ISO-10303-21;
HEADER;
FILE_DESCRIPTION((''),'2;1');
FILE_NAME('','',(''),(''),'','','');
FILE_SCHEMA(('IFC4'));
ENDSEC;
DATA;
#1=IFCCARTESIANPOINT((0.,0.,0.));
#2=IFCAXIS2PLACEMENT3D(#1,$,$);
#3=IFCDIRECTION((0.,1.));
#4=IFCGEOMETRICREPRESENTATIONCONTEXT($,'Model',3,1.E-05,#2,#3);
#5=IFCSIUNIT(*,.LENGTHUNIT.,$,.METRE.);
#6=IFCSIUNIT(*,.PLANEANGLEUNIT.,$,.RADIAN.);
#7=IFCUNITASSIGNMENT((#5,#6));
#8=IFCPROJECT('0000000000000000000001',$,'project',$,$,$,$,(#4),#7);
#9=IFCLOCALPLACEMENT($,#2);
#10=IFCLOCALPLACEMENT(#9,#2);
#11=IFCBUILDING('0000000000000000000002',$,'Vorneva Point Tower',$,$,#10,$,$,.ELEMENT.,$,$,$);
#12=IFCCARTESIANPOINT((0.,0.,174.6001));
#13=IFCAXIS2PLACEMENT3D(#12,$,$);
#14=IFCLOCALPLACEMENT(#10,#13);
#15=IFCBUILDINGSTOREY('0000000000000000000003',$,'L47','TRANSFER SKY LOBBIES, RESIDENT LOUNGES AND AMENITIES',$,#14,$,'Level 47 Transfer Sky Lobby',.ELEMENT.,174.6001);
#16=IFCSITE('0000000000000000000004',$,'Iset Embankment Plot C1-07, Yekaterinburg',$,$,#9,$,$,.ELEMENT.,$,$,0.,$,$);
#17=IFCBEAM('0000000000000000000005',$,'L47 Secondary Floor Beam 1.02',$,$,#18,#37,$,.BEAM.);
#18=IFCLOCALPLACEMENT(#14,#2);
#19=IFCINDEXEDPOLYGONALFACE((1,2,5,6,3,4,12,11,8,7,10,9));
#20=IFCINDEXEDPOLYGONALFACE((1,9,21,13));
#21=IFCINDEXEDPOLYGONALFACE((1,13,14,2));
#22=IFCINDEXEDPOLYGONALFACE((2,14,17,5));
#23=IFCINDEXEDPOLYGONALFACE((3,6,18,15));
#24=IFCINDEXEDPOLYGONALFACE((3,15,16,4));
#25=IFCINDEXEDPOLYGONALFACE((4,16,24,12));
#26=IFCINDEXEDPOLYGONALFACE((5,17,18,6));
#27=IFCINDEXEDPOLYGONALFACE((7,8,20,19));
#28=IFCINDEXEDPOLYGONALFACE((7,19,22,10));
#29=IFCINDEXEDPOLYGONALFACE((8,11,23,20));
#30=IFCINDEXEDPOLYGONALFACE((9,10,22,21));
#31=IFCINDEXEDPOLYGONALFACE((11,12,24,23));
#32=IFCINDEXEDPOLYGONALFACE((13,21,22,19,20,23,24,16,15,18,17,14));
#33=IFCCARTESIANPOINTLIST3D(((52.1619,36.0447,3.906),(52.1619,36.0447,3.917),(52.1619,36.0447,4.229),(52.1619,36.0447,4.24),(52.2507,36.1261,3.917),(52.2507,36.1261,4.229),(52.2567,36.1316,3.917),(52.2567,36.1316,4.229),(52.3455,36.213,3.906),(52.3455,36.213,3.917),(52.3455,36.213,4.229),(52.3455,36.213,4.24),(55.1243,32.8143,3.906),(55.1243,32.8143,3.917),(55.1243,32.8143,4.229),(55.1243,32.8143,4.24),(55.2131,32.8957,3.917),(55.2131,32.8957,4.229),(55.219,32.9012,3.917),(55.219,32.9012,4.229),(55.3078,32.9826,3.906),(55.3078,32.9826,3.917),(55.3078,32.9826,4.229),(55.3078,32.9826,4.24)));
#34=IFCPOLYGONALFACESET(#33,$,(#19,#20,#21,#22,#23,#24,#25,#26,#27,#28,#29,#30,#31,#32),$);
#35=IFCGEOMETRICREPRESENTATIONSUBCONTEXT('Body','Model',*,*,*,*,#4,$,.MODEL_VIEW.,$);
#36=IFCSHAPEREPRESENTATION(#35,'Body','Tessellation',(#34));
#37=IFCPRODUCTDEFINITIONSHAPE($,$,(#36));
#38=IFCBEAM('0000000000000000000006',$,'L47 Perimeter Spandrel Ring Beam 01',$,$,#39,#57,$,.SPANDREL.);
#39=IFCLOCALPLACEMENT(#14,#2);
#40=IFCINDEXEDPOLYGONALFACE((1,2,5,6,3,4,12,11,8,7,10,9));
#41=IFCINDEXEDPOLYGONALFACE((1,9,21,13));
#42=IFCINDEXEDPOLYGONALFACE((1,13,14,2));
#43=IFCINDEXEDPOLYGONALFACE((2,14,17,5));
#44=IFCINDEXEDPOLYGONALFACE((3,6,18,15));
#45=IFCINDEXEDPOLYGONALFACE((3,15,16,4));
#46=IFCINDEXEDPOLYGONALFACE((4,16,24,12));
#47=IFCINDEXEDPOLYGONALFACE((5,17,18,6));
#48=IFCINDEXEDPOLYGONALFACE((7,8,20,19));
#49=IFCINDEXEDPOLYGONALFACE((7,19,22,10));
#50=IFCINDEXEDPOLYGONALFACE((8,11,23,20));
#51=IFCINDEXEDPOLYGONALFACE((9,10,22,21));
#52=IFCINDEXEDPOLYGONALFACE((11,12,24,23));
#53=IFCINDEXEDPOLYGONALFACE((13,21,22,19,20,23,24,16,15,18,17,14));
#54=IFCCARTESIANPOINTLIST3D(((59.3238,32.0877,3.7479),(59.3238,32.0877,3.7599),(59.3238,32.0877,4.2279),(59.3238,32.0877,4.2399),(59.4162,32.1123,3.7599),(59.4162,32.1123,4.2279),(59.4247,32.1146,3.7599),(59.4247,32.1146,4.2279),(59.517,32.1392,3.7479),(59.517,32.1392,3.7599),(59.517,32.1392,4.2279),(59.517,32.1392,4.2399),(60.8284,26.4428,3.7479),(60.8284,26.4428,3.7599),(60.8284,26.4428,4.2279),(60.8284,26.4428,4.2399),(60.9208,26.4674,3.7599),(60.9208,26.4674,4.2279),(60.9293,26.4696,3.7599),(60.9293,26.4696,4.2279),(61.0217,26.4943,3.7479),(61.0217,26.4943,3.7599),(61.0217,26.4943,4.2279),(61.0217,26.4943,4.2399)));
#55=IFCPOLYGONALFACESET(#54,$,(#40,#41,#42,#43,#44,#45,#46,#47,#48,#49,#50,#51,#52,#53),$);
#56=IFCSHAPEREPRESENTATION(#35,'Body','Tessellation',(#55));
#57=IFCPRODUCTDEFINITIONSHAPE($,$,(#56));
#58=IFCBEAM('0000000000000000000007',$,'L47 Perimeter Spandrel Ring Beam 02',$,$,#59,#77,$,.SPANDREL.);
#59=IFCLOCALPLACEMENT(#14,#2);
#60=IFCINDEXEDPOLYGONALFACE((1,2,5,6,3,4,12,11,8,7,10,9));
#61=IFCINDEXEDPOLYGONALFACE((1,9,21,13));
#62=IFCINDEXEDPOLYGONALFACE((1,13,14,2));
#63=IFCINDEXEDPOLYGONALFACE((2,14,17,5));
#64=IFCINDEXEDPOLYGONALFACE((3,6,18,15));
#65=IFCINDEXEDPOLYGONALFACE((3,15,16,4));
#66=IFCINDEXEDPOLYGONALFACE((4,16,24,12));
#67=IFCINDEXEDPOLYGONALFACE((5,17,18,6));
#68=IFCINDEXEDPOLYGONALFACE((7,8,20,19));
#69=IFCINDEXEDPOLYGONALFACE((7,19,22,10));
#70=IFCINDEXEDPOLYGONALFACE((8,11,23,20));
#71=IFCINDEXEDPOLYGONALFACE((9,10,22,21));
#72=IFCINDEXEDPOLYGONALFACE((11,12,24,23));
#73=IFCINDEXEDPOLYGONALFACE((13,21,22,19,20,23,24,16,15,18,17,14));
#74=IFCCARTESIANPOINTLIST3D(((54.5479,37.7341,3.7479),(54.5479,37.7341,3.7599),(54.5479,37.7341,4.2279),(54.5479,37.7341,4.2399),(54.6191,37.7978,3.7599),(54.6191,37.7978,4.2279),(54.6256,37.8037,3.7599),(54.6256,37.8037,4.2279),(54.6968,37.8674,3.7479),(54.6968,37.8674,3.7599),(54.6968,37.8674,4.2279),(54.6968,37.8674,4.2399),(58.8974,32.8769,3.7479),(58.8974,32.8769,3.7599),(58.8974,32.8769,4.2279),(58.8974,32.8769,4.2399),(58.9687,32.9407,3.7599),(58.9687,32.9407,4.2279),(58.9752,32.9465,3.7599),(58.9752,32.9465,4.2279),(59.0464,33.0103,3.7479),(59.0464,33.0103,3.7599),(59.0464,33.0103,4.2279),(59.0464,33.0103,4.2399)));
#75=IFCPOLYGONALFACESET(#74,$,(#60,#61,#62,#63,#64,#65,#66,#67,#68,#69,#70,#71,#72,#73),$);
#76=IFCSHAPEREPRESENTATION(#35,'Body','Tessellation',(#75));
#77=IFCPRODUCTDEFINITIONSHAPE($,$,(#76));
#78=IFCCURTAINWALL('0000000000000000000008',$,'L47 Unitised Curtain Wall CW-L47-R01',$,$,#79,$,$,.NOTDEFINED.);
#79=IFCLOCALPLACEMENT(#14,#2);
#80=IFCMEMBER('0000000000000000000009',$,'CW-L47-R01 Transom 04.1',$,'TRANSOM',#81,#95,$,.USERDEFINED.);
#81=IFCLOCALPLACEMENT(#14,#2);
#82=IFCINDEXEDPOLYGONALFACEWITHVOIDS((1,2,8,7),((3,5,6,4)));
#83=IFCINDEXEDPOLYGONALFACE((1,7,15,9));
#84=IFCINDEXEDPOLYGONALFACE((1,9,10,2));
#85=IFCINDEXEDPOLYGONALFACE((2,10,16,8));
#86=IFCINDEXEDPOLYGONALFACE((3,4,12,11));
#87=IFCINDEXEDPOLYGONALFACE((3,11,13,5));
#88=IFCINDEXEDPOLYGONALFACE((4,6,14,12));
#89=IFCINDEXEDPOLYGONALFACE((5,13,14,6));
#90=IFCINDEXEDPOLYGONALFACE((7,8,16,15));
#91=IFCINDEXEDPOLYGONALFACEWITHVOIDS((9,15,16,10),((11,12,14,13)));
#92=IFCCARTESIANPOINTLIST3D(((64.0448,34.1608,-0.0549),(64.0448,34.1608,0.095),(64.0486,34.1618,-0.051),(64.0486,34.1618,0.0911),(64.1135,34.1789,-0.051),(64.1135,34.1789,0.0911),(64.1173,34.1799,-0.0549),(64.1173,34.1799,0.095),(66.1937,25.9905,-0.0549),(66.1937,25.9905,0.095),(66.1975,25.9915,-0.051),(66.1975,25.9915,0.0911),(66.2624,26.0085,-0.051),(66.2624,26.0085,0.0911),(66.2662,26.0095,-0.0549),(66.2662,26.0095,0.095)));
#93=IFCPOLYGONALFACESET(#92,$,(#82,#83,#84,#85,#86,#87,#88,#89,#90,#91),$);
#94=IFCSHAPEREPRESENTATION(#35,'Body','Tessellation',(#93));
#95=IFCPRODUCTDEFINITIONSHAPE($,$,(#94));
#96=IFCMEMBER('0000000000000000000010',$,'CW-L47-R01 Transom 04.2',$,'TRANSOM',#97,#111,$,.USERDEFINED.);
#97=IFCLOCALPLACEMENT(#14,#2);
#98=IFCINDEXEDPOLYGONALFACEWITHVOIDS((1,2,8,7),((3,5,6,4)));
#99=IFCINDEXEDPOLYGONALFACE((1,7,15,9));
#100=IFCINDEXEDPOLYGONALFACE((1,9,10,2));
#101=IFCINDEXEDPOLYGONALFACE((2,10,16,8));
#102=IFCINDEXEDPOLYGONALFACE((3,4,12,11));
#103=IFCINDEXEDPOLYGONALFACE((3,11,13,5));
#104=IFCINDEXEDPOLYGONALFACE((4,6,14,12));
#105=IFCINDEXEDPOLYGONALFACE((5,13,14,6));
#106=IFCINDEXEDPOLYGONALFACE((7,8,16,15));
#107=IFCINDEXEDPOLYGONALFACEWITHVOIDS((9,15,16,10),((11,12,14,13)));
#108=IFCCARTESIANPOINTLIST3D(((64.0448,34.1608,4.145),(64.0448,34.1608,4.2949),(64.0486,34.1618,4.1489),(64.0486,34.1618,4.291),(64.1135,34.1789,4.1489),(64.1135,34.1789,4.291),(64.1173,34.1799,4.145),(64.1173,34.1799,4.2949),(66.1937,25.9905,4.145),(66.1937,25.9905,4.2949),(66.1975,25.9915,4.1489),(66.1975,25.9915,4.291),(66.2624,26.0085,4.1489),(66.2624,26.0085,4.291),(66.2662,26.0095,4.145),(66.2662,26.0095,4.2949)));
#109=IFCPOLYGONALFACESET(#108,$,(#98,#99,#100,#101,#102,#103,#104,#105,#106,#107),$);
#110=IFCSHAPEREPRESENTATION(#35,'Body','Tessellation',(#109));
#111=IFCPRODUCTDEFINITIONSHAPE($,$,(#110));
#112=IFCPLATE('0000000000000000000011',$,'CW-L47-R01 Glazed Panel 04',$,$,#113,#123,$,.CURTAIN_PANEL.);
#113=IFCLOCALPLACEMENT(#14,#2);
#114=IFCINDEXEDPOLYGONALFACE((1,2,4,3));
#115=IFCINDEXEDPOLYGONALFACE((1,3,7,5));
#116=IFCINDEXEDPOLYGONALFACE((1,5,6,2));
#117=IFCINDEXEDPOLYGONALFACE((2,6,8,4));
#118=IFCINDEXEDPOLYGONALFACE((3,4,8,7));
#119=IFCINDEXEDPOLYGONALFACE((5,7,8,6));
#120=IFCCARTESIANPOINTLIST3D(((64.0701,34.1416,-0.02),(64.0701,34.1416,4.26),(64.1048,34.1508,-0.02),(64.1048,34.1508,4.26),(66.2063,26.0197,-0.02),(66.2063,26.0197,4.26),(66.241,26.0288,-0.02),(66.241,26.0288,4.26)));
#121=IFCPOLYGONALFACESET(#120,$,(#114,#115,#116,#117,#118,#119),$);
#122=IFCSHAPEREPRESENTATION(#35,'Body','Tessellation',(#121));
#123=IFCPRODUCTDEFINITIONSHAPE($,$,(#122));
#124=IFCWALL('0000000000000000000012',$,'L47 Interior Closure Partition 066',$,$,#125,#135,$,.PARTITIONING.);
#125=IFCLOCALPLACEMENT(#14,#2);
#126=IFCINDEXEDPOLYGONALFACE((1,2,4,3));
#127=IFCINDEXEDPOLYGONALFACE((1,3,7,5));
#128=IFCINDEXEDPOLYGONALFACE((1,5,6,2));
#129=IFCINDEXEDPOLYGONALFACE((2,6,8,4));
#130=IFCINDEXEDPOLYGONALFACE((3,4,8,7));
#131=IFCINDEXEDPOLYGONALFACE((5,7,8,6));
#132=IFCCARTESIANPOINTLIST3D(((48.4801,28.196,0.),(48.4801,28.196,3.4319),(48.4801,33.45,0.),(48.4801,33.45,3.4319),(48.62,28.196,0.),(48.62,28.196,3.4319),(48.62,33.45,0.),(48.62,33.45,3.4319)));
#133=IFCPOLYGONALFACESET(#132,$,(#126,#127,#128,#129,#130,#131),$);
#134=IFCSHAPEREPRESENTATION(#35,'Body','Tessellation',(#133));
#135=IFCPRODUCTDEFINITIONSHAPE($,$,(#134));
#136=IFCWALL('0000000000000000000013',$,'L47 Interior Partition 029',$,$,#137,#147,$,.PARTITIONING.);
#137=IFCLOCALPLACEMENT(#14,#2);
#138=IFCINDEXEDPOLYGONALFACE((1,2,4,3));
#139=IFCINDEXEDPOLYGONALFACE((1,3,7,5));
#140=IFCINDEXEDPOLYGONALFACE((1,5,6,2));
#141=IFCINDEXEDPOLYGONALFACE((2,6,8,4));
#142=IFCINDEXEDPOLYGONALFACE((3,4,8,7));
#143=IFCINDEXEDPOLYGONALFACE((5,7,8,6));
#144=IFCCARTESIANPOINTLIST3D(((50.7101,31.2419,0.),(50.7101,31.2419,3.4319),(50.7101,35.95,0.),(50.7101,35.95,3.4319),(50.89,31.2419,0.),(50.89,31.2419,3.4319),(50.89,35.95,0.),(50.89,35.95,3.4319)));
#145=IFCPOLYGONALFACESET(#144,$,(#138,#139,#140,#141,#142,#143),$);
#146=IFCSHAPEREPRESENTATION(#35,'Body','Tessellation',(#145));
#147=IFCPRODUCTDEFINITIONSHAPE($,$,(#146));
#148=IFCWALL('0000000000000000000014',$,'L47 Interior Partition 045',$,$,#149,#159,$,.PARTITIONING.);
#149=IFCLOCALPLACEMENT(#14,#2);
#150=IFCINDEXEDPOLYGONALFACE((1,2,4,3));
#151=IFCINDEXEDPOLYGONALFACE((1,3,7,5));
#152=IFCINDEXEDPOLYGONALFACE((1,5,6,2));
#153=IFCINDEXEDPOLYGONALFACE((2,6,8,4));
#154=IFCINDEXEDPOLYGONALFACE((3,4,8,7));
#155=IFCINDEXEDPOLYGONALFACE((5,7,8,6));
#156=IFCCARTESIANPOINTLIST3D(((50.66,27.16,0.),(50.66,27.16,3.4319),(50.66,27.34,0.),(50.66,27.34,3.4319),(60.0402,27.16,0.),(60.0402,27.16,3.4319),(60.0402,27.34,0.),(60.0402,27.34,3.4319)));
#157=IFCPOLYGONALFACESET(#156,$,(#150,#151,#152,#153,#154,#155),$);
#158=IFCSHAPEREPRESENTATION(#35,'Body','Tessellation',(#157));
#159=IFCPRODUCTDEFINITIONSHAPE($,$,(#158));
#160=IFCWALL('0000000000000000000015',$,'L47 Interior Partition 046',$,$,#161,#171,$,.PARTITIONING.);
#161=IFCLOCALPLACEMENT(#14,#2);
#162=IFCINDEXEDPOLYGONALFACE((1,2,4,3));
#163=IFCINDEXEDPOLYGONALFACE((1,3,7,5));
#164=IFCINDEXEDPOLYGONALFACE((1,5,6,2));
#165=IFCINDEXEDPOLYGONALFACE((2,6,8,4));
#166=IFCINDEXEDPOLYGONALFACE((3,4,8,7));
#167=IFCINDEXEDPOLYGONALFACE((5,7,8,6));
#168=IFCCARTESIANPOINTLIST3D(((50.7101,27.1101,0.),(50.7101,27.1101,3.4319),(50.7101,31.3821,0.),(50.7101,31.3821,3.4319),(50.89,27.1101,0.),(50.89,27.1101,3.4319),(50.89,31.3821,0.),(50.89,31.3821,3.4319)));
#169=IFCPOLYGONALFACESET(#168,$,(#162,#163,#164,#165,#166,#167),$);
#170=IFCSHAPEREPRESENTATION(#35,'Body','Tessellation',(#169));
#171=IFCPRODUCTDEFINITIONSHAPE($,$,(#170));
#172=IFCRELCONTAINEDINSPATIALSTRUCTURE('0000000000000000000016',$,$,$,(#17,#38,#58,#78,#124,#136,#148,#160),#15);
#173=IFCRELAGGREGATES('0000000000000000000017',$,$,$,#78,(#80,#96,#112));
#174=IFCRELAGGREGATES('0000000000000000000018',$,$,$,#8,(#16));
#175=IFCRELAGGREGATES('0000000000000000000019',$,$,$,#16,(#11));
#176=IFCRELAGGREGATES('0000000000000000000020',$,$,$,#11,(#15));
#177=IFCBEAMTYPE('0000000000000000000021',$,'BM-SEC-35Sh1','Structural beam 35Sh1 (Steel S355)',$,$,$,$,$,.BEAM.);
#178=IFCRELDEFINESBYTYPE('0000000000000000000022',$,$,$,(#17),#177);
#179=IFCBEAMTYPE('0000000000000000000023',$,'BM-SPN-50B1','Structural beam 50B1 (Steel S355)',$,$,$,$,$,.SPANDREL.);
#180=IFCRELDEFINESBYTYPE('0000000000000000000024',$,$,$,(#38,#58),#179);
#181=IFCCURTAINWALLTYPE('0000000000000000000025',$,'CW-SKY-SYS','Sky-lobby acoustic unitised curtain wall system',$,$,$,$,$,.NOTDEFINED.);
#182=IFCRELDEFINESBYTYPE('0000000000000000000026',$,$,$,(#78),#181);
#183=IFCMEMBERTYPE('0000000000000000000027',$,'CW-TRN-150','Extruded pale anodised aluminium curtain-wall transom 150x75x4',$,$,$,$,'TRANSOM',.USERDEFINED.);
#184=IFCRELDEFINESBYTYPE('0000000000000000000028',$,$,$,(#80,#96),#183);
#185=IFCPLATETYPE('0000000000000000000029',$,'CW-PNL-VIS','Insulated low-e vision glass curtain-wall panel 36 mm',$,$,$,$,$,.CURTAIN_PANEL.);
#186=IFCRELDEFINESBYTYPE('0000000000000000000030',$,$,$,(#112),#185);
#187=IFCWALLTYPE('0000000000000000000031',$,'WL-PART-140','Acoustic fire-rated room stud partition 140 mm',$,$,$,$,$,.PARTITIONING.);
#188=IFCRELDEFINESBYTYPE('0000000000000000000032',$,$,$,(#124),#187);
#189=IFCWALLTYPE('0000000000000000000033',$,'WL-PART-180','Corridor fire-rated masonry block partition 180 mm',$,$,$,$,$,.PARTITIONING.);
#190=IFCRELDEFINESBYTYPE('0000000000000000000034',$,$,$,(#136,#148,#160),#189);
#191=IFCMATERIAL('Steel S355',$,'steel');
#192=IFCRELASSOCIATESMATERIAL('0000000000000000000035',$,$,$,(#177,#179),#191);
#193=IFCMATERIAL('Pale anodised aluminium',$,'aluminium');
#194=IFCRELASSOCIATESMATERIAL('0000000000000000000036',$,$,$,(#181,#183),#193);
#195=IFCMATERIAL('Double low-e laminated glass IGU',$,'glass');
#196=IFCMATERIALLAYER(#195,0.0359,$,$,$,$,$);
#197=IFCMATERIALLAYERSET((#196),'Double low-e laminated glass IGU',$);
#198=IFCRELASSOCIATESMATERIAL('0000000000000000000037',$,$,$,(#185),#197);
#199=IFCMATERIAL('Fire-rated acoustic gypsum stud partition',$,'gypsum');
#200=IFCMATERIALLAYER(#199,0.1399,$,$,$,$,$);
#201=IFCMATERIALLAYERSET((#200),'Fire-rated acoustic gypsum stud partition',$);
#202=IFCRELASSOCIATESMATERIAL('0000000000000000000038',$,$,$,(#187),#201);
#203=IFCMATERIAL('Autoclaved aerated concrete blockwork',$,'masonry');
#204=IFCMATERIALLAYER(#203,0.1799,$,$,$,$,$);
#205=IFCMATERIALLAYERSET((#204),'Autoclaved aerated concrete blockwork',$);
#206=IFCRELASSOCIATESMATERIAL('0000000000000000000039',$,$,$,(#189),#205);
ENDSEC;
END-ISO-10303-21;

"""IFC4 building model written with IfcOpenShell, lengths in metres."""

from ifc_helpers import new_model, si_unit, direction, frame, frame_2d, origin, origin_2d, place, context, subcontext, project, spatial, rectangle, hollow_rectangle, i_section, extrude, material, layer, layer_set, material_profile, profile_set, type_object, element, aggregate, save


model = new_model("IFC4")

# Units and contexts
model_context = context("Model", 3, precision=1e-05, world=origin(), true_north=direction((0.0, 1.0)))
body_context = subcontext(model_context, "Body", "Model", "MODEL_VIEW")
ifc_project = project(units=[si_unit("LENGTHUNIT", "METRE"), si_unit("PLANEANGLEUNIT", "RADIAN")], contexts=[model_context])

# Site, building, storey
site_placement = place(None, origin())
site = spatial("IfcSite", under=ifc_project, at=site_placement, Name="Iset Embankment Plot C1-07, Yekaterinburg", CompositionType="ELEMENT", RefElevation=0.0)
building_placement = place(site_placement, origin())
building = spatial("IfcBuilding", under=site, at=building_placement, Name="Vorneva Point Tower", CompositionType="ELEMENT")
storey_placement = place(building_placement, frame((0.0, 0.0, 174.6001)))
storey = spatial("IfcBuildingStorey", under=building, at=storey_placement, Name="L47", Description="TRANSFER SKY LOBBIES, RESIDENT LOUNGES AND AMENITIES", LongName="Level 47 Transfer Sky Lobby", CompositionType="ELEMENT", Elevation=174.6001)

# Beams
ifc_material_1 = material(Name="Steel S355", Category="steel")
ifc_material_profile_1 = material_profile(ifc_material_1, i_section(OverallWidth=0.249, OverallDepth=0.334, WebThickness=0.0081, FlangeThickness=0.011, at=origin_2d()), Name="35Sh1")
ifc_profile_set_1 = profile_set([ifc_material_profile_1], Name="Steel S355")
beam_type_1 = type_object("IfcBeamType", Name="BM-SEC-35Sh1", Description="Structural beam 35Sh1 (Steel S355)", PredefinedType="BEAM", material=ifc_profile_set_1)
beam_1_placement = place(storey_placement, frame((55.2161, 32.8984, 4.073), z_axis=(-0.675866, 0.737025, 0.0), x_axis=(-0.737025, -0.675866, 0.0)))
element("IfcBeam", 1, at=beam_1_placement, inside=storey, type_object=beam_type_1, Name="L47 Secondary Floor Beam 1.02", PredefinedType="BEAM", context=body_context, shape_type="SweptSolid", body=[
    extrude(i_section(OverallWidth=0.249, OverallDepth=0.334, WebThickness=0.0081, FlangeThickness=0.011, at=origin_2d()), origin(), (0.0, 0.0, 1.0), 4.3831),
])
ifc_material_profile_2 = material_profile(ifc_material_1, i_section(OverallWidth=0.2, OverallDepth=0.4919, WebThickness=0.0088, FlangeThickness=0.012, at=origin_2d()), Name="50B1")
ifc_profile_set_2 = profile_set([ifc_material_profile_2], Name="Steel S355")
beam_type_2 = type_object("IfcBeamType", Name="BM-SPN-50B1", Description="Structural beam 50B1 (Steel S355)", PredefinedType="SPANDREL", material=ifc_profile_set_2)
beam_2_placement = place(storey_placement, frame((60.925, 26.4685, 3.9939), z_axis=(-0.257551, 0.966265, 0.0), x_axis=(-0.966265, -0.257551, 0.0)))
element("IfcBeam", 2, at=beam_2_placement, inside=storey, type_object=beam_type_2, Name="L47 Perimeter Spandrel Ring Beam 01", PredefinedType="SPANDREL", context=body_context, shape_type="SweptSolid", body=[
    extrude(i_section(OverallWidth=0.2, OverallDepth=0.4919, WebThickness=0.0088, FlangeThickness=0.012, at=origin_2d()), origin(), (0.0, 0.0, 1.0), 5.842),
])
beam_3_placement = place(storey_placement, frame((58.9719, 32.9436, 3.9939), z_axis=(-0.667111, 0.744958, 0.0), x_axis=(-0.744958, -0.667111, 0.0)))
element("IfcBeam", 3, at=beam_3_placement, inside=storey, type_object=beam_type_2, Name="L47 Perimeter Spandrel Ring Beam 02", PredefinedType="SPANDREL", context=body_context, shape_type="SweptSolid", body=[
    extrude(i_section(OverallWidth=0.2, OverallDepth=0.4919, WebThickness=0.0088, FlangeThickness=0.012, at=origin_2d()), origin(), (0.0, 0.0, 1.0), 6.52),
])

# Curtain wall, members, plate
ifc_material_2 = material(Name="Pale anodised aluminium", Category="aluminium")
curtain_wall_type = type_object("IfcCurtainWallType", Name="CW-SKY-SYS", Description="Sky-lobby acoustic unitised curtain wall system", PredefinedType="NOTDEFINED", material=ifc_material_2)
curtain_wall_placement = place(storey_placement, origin())
curtain_wall = element("IfcCurtainWall", 4, at=curtain_wall_placement, inside=storey, type_object=curtain_wall_type, Name="L47 Unitised Curtain Wall CW-L47-R01", PredefinedType="NOTDEFINED")
ifc_material_profile_3 = material_profile(ifc_material_2, hollow_rectangle(XDim=0.075, YDim=0.1499, WallThickness=0.0039, at=origin_2d()), Name="AL-TRN 150x75x4")
ifc_profile_set_3 = profile_set([ifc_material_profile_3], Name="Pale anodised aluminium")
member_type = type_object("IfcMemberType", Name="CW-TRN-150", Description="Extruded pale anodised aluminium curtain-wall transom 150x75x4", ElementType="TRANSOM", PredefinedType="USERDEFINED", material=ifc_profile_set_3)
member_1_placement = place(storey_placement, frame((66.23, 26.0, 0.02), z_axis=(-0.254362, 0.967109, 0.0), x_axis=(-0.967109, -0.254362, 0.0)))
member_1 = element("IfcMember", 5, at=member_1_placement, type_object=member_type, Name="CW-L47-R01 Transom 04.1", ObjectType="TRANSOM", PredefinedType="USERDEFINED", context=body_context, shape_type="SweptSolid", body=[
    extrude(hollow_rectangle(XDim=0.075, YDim=0.1499, WallThickness=0.0039, at=origin_2d()), origin(), (0.0, 0.0, 1.0), 8.4482),
])
member_2_placement = place(storey_placement, frame((66.23, 26.0, 4.22), z_axis=(-0.254362, 0.967109, 0.0), x_axis=(-0.967109, -0.254362, 0.0)))
member_2 = element("IfcMember", 6, at=member_2_placement, type_object=member_type, Name="CW-L47-R01 Transom 04.2", ObjectType="TRANSOM", PredefinedType="USERDEFINED", context=body_context, shape_type="SweptSolid", body=[
    extrude(hollow_rectangle(XDim=0.075, YDim=0.1499, WallThickness=0.0039, at=origin_2d()), origin(), (0.0, 0.0, 1.0), 8.4482),
])
ifc_material_3 = material(Name="Double low-e laminated glass IGU", Category="glass")
ifc_layer_1 = layer(ifc_material_3, 0.0359)
ifc_layer_set_1 = layer_set([ifc_layer_1], Name="Double low-e laminated glass IGU")
plate_type = type_object("IfcPlateType", Name="CW-PNL-VIS", Description="Insulated low-e vision glass curtain-wall panel 36 mm", PredefinedType="CURTAIN_PANEL", material=ifc_layer_set_1)
plate_placement = place(storey_placement, frame((65.1555, 30.0852, -0.02), z_axis=(0.0, 0.0, 1.0), x_axis=(-0.254366, 0.967108, 0.0)))
plate = element("IfcPlate", 7, at=plate_placement, type_object=plate_type, Name="CW-L47-R01 Glazed Panel 04", PredefinedType="CURTAIN_PANEL", context=body_context, shape_type="SweptSolid", body=[
    extrude(rectangle(XDim=8.3982, YDim=0.0359, at=origin_2d()), origin(), (0.0, 0.0, 1.0), 4.28),
])
aggregate(curtain_wall, [member_1, member_2, plate])

# Walls
ifc_material_4 = material(Name="Fire-rated acoustic gypsum stud partition", Category="gypsum")
ifc_layer_2 = layer(ifc_material_4, 0.1399)
ifc_layer_set_2 = layer_set([ifc_layer_2], Name="Fire-rated acoustic gypsum stud partition")
wall_type_1 = type_object("IfcWallType", Name="WL-PART-140", Description="Acoustic fire-rated room stud partition 140 mm", PredefinedType="PARTITIONING", material=ifc_layer_set_2)
wall_1_placement = place(storey_placement, frame((48.55, 28.196, 0.0), z_axis=(0.0, 0.0, 1.0), x_axis=(0.0, 1.0, 0.0)))
element("IfcWall", 8, at=wall_1_placement, inside=storey, type_object=wall_type_1, Name="L47 Interior Closure Partition 066", PredefinedType="PARTITIONING", context=body_context, shape_type="SweptSolid", body=[
    extrude(rectangle(XDim=5.2539, YDim=0.1399, at=frame_2d((2.627, 0.0))), origin(), (0.0, 0.0, 1.0), 3.4319),
])
ifc_material_5 = material(Name="Autoclaved aerated concrete blockwork", Category="masonry")
ifc_layer_3 = layer(ifc_material_5, 0.1799)
ifc_layer_set_3 = layer_set([ifc_layer_3], Name="Autoclaved aerated concrete blockwork")
wall_type_2 = type_object("IfcWallType", Name="WL-PART-180", Description="Corridor fire-rated masonry block partition 180 mm", PredefinedType="PARTITIONING", material=ifc_layer_set_3)
wall_2_placement = place(storey_placement, frame((50.8, 31.2419, 0.0), z_axis=(0.0, 0.0, 1.0), x_axis=(0.0, 1.0, 0.0)))
element("IfcWall", 9, at=wall_2_placement, inside=storey, type_object=wall_type_2, Name="L47 Interior Partition 029", PredefinedType="PARTITIONING", context=body_context, shape_type="SweptSolid", body=[
    extrude(rectangle(XDim=4.708, YDim=0.1799, at=frame_2d((2.354, 0.0))), origin(), (0.0, 0.0, 1.0), 3.4319),
])
wall_3_placement = place(storey_placement, frame((60.04, 27.25, 0.0), z_axis=(0.0, 0.0, 1.0), x_axis=(-1.0, 0.0, 0.0)))
element("IfcWall", 10, at=wall_3_placement, inside=storey, type_object=wall_type_2, Name="L47 Interior Partition 045", PredefinedType="PARTITIONING", context=body_context, shape_type="SweptSolid", body=[
    extrude(rectangle(XDim=9.3801, YDim=0.1799, at=frame_2d((4.6899, 0.0))), origin(), (0.0, 0.0, 1.0), 3.4319),
])
wall_4_placement = place(storey_placement, frame((50.8, 27.1101, 0.0), z_axis=(0.0, 0.0, 1.0), x_axis=(0.0, 1.0, 0.0)))
element("IfcWall", 11, at=wall_4_placement, inside=storey, type_object=wall_type_2, Name="L47 Interior Partition 046", PredefinedType="PARTITIONING", context=body_context, shape_type="SweptSolid", body=[
    extrude(rectangle(XDim=4.272, YDim=0.1799, at=frame_2d((2.136, 0.0))), origin(), (0.0, 0.0, 1.0), 3.4319),
])

save(model, "model.ifc")
